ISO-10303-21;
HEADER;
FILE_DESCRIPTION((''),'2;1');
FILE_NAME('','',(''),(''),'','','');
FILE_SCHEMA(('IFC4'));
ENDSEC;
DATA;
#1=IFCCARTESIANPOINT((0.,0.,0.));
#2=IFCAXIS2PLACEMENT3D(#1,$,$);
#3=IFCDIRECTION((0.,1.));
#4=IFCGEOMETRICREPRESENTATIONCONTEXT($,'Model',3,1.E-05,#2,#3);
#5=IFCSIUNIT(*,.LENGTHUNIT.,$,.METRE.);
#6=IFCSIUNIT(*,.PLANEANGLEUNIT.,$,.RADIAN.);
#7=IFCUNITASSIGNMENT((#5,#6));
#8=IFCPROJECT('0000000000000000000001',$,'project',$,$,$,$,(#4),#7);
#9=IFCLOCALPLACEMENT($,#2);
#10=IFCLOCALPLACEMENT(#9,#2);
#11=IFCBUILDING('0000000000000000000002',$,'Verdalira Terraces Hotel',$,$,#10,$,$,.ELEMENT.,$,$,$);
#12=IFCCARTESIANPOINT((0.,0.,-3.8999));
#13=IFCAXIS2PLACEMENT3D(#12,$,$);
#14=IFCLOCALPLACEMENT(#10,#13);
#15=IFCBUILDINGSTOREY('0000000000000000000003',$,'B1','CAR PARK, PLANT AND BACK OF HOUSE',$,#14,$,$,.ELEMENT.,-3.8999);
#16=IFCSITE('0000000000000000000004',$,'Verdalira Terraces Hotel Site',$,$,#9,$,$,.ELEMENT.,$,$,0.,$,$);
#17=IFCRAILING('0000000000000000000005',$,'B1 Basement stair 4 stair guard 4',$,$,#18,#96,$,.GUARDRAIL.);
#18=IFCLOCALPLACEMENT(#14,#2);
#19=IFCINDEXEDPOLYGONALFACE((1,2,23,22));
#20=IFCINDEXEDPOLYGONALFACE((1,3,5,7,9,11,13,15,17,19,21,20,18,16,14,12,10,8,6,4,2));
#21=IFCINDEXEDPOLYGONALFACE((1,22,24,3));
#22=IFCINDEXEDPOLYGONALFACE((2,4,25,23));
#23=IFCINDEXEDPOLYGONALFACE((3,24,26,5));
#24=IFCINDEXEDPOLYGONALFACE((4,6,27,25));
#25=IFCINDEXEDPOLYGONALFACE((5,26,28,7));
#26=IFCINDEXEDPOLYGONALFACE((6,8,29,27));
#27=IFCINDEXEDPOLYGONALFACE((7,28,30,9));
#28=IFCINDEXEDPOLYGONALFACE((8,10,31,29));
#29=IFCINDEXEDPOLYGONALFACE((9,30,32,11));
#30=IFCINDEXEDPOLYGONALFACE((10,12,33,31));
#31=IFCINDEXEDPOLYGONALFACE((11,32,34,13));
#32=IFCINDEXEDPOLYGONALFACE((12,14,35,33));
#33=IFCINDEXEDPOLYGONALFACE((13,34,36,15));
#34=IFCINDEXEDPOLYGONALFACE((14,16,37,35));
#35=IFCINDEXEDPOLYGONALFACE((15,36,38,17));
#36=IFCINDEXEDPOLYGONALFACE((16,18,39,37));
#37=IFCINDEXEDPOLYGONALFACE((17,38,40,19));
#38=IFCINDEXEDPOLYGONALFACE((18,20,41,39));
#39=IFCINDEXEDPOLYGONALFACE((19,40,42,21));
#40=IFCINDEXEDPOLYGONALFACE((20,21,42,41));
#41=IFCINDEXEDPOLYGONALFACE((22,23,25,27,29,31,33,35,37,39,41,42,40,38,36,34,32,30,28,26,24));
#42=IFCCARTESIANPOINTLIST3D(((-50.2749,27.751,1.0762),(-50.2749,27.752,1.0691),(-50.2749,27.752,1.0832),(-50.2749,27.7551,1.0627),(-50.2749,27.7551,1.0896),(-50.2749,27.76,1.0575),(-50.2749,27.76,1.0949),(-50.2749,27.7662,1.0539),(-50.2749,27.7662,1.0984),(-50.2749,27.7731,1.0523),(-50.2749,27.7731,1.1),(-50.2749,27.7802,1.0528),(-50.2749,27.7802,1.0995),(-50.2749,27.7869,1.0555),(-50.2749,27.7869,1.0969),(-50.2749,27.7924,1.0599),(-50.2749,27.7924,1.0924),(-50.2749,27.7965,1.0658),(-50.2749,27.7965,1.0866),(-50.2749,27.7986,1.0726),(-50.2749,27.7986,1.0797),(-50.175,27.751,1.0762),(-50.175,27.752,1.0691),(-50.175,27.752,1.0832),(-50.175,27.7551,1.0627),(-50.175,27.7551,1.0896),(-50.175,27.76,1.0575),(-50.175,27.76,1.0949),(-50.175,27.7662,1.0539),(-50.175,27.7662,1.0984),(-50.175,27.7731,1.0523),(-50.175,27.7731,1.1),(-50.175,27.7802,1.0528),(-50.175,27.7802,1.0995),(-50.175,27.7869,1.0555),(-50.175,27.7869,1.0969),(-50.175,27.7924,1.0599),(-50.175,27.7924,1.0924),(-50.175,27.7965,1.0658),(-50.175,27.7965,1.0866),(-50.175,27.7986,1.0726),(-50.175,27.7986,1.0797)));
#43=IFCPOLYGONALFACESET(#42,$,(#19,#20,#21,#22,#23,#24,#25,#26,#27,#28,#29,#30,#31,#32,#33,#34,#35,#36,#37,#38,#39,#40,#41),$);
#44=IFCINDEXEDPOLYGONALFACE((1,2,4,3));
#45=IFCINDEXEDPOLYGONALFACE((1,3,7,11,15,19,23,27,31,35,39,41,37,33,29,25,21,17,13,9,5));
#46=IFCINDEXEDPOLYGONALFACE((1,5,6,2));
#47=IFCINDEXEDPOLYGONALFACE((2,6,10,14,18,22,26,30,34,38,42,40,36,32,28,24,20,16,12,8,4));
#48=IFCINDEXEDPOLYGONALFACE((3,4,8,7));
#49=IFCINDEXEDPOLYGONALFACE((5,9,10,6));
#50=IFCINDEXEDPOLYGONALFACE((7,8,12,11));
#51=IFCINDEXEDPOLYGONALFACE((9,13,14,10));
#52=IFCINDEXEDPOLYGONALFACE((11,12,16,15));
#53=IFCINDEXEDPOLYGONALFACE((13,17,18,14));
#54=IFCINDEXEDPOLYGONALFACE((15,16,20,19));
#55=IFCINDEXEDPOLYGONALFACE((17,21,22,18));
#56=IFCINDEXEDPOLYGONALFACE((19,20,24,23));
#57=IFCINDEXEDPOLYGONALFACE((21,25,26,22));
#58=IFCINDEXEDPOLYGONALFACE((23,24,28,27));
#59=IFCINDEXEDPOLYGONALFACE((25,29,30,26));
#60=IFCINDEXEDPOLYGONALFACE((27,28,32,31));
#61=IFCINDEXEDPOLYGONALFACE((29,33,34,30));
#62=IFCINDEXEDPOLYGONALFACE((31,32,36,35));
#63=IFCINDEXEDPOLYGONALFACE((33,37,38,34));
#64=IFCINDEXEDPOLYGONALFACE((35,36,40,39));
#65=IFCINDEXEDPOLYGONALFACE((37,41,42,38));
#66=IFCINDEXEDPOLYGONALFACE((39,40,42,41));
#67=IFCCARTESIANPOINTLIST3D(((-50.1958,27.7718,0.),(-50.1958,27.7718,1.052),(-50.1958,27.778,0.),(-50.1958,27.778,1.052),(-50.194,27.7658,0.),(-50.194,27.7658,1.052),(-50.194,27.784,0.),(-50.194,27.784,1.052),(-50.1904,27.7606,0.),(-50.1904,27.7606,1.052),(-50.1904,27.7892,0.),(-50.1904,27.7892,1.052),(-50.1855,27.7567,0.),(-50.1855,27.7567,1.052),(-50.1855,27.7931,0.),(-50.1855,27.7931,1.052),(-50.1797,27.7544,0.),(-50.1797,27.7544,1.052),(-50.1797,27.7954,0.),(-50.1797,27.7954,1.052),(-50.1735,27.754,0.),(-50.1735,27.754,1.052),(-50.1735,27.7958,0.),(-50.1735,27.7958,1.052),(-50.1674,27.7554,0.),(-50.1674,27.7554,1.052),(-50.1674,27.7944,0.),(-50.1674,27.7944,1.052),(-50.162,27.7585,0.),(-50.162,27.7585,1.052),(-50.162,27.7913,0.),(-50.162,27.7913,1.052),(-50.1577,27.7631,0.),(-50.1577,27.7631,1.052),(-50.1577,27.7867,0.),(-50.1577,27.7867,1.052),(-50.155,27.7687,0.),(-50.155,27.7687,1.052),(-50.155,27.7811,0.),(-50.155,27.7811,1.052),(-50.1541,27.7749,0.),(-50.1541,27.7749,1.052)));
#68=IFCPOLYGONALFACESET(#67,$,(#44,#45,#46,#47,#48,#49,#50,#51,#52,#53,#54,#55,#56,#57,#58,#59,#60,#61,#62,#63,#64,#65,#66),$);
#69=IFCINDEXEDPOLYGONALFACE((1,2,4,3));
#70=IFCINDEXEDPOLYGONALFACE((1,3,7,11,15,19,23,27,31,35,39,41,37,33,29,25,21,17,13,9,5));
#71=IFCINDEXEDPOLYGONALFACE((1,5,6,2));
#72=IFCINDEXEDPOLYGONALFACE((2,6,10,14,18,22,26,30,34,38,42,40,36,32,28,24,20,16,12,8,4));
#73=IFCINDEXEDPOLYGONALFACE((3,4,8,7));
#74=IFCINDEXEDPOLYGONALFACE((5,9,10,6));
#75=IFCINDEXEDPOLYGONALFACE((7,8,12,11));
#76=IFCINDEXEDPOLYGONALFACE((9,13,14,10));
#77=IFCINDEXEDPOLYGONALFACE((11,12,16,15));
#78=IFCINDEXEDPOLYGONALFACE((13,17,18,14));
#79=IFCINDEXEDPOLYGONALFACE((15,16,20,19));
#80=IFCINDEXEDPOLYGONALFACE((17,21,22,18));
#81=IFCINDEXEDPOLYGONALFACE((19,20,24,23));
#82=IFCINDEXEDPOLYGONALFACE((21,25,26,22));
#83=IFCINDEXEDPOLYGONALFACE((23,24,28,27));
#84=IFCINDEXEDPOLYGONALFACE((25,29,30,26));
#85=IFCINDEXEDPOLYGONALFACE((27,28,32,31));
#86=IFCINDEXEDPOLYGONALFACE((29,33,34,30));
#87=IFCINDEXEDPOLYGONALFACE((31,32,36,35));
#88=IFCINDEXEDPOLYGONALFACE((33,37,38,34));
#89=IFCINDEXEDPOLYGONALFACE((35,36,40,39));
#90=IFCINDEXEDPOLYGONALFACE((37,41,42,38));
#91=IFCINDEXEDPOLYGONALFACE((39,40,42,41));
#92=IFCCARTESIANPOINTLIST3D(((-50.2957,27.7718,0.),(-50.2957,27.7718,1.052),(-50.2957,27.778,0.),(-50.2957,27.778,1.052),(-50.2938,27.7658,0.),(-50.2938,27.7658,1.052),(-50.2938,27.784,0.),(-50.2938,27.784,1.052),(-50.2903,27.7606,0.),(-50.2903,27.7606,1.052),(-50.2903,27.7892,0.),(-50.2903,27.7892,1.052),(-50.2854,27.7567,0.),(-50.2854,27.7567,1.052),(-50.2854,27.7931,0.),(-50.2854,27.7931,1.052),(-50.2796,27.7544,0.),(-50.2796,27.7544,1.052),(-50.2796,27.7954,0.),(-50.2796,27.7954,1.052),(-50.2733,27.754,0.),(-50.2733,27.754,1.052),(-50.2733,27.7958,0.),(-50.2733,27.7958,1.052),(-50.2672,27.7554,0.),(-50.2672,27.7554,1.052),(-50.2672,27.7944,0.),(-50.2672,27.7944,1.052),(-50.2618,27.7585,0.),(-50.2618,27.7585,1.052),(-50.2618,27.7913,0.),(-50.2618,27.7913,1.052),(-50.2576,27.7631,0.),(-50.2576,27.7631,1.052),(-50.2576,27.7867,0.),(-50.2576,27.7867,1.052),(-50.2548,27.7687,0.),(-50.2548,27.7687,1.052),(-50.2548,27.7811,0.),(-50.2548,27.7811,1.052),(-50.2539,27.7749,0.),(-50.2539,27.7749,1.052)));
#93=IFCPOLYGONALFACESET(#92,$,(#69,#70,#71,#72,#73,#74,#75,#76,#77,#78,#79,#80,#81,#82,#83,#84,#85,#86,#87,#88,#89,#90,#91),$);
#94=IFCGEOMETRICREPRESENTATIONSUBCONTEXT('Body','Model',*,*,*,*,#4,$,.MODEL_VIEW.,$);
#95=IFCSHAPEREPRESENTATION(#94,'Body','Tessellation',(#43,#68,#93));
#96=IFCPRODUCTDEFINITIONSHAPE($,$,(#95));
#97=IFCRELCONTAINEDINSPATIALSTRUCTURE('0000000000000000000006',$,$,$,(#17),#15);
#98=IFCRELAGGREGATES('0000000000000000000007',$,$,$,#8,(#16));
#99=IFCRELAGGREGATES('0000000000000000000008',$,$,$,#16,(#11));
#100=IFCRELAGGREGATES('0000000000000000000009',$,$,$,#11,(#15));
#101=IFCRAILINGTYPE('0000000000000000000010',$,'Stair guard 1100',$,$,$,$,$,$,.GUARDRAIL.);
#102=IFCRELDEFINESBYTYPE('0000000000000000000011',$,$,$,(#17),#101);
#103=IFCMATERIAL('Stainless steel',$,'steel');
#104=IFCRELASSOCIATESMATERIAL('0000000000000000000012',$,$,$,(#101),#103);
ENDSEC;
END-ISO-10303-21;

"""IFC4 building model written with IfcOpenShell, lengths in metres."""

from ifc_helpers import new_model, si_unit, direction, frame, origin, origin_2d, place, context, subcontext, project, spatial, circle, extrude, material, type_object, element, save


model = new_model("IFC4")

# Units and contexts
model_context = context("Model", 3, precision=1e-05, world=origin(), true_north=direction((0.0, 1.0)))
body_context = subcontext(model_context, "Body", "Model", "MODEL_VIEW")
ifc_project = project(units=[si_unit("LENGTHUNIT", "METRE"), si_unit("PLANEANGLEUNIT", "RADIAN")], contexts=[model_context])

# Site, building, storey
site_placement = place(None, origin())
site = spatial("IfcSite", under=ifc_project, at=site_placement, Name="Verdalira Terraces Hotel Site", CompositionType="ELEMENT", RefElevation=0.0)
building_placement = place(site_placement, origin())
building = spatial("IfcBuilding", under=site, at=building_placement, Name="Verdalira Terraces Hotel", CompositionType="ELEMENT")
storey_placement = place(building_placement, frame((0.0, 0.0, -3.8999)))
storey = spatial("IfcBuildingStorey", under=building, at=storey_placement, Name="B1", Description="CAR PARK, PLANT AND BACK OF HOUSE", CompositionType="ELEMENT", Elevation=-3.8999)

# Railing
ifc_material_1 = material(Name="Stainless steel", Category="steel")
railing_type_1 = type_object("IfcRailingType", Name="Stair guard 1100", PredefinedType="GUARDRAIL", material=ifc_material_1)
railing_1_placement = place(storey_placement, frame((-50.175, 27.7749, 0.0)))
element("IfcRailing", 1, at=railing_1_placement, inside=storey, type_object=railing_type_1, Name="B1 Basement stair 4 stair guard 4", PredefinedType="GUARDRAIL", context=body_context, shape_type="SweptSolid", body=[
    extrude(circle(Radius=0.0239, at=origin_2d()), frame((0.0, 0.0, 1.0762), z_axis=(-1.0, 0.0, 0.0), x_axis=(0.0, -1.0, 0.0)), (0.0, 0.0, 1.0), 0.0999),
    extrude(circle(Radius=0.021, at=origin_2d()), origin(), (0.0, 0.0, 1.0), 1.052),
    extrude(circle(Radius=0.021, at=origin_2d()), frame((-0.0999, 0.0, 0.0)), (0.0, 0.0, 1.0), 1.052),
])

save(model, "model.ifc")
